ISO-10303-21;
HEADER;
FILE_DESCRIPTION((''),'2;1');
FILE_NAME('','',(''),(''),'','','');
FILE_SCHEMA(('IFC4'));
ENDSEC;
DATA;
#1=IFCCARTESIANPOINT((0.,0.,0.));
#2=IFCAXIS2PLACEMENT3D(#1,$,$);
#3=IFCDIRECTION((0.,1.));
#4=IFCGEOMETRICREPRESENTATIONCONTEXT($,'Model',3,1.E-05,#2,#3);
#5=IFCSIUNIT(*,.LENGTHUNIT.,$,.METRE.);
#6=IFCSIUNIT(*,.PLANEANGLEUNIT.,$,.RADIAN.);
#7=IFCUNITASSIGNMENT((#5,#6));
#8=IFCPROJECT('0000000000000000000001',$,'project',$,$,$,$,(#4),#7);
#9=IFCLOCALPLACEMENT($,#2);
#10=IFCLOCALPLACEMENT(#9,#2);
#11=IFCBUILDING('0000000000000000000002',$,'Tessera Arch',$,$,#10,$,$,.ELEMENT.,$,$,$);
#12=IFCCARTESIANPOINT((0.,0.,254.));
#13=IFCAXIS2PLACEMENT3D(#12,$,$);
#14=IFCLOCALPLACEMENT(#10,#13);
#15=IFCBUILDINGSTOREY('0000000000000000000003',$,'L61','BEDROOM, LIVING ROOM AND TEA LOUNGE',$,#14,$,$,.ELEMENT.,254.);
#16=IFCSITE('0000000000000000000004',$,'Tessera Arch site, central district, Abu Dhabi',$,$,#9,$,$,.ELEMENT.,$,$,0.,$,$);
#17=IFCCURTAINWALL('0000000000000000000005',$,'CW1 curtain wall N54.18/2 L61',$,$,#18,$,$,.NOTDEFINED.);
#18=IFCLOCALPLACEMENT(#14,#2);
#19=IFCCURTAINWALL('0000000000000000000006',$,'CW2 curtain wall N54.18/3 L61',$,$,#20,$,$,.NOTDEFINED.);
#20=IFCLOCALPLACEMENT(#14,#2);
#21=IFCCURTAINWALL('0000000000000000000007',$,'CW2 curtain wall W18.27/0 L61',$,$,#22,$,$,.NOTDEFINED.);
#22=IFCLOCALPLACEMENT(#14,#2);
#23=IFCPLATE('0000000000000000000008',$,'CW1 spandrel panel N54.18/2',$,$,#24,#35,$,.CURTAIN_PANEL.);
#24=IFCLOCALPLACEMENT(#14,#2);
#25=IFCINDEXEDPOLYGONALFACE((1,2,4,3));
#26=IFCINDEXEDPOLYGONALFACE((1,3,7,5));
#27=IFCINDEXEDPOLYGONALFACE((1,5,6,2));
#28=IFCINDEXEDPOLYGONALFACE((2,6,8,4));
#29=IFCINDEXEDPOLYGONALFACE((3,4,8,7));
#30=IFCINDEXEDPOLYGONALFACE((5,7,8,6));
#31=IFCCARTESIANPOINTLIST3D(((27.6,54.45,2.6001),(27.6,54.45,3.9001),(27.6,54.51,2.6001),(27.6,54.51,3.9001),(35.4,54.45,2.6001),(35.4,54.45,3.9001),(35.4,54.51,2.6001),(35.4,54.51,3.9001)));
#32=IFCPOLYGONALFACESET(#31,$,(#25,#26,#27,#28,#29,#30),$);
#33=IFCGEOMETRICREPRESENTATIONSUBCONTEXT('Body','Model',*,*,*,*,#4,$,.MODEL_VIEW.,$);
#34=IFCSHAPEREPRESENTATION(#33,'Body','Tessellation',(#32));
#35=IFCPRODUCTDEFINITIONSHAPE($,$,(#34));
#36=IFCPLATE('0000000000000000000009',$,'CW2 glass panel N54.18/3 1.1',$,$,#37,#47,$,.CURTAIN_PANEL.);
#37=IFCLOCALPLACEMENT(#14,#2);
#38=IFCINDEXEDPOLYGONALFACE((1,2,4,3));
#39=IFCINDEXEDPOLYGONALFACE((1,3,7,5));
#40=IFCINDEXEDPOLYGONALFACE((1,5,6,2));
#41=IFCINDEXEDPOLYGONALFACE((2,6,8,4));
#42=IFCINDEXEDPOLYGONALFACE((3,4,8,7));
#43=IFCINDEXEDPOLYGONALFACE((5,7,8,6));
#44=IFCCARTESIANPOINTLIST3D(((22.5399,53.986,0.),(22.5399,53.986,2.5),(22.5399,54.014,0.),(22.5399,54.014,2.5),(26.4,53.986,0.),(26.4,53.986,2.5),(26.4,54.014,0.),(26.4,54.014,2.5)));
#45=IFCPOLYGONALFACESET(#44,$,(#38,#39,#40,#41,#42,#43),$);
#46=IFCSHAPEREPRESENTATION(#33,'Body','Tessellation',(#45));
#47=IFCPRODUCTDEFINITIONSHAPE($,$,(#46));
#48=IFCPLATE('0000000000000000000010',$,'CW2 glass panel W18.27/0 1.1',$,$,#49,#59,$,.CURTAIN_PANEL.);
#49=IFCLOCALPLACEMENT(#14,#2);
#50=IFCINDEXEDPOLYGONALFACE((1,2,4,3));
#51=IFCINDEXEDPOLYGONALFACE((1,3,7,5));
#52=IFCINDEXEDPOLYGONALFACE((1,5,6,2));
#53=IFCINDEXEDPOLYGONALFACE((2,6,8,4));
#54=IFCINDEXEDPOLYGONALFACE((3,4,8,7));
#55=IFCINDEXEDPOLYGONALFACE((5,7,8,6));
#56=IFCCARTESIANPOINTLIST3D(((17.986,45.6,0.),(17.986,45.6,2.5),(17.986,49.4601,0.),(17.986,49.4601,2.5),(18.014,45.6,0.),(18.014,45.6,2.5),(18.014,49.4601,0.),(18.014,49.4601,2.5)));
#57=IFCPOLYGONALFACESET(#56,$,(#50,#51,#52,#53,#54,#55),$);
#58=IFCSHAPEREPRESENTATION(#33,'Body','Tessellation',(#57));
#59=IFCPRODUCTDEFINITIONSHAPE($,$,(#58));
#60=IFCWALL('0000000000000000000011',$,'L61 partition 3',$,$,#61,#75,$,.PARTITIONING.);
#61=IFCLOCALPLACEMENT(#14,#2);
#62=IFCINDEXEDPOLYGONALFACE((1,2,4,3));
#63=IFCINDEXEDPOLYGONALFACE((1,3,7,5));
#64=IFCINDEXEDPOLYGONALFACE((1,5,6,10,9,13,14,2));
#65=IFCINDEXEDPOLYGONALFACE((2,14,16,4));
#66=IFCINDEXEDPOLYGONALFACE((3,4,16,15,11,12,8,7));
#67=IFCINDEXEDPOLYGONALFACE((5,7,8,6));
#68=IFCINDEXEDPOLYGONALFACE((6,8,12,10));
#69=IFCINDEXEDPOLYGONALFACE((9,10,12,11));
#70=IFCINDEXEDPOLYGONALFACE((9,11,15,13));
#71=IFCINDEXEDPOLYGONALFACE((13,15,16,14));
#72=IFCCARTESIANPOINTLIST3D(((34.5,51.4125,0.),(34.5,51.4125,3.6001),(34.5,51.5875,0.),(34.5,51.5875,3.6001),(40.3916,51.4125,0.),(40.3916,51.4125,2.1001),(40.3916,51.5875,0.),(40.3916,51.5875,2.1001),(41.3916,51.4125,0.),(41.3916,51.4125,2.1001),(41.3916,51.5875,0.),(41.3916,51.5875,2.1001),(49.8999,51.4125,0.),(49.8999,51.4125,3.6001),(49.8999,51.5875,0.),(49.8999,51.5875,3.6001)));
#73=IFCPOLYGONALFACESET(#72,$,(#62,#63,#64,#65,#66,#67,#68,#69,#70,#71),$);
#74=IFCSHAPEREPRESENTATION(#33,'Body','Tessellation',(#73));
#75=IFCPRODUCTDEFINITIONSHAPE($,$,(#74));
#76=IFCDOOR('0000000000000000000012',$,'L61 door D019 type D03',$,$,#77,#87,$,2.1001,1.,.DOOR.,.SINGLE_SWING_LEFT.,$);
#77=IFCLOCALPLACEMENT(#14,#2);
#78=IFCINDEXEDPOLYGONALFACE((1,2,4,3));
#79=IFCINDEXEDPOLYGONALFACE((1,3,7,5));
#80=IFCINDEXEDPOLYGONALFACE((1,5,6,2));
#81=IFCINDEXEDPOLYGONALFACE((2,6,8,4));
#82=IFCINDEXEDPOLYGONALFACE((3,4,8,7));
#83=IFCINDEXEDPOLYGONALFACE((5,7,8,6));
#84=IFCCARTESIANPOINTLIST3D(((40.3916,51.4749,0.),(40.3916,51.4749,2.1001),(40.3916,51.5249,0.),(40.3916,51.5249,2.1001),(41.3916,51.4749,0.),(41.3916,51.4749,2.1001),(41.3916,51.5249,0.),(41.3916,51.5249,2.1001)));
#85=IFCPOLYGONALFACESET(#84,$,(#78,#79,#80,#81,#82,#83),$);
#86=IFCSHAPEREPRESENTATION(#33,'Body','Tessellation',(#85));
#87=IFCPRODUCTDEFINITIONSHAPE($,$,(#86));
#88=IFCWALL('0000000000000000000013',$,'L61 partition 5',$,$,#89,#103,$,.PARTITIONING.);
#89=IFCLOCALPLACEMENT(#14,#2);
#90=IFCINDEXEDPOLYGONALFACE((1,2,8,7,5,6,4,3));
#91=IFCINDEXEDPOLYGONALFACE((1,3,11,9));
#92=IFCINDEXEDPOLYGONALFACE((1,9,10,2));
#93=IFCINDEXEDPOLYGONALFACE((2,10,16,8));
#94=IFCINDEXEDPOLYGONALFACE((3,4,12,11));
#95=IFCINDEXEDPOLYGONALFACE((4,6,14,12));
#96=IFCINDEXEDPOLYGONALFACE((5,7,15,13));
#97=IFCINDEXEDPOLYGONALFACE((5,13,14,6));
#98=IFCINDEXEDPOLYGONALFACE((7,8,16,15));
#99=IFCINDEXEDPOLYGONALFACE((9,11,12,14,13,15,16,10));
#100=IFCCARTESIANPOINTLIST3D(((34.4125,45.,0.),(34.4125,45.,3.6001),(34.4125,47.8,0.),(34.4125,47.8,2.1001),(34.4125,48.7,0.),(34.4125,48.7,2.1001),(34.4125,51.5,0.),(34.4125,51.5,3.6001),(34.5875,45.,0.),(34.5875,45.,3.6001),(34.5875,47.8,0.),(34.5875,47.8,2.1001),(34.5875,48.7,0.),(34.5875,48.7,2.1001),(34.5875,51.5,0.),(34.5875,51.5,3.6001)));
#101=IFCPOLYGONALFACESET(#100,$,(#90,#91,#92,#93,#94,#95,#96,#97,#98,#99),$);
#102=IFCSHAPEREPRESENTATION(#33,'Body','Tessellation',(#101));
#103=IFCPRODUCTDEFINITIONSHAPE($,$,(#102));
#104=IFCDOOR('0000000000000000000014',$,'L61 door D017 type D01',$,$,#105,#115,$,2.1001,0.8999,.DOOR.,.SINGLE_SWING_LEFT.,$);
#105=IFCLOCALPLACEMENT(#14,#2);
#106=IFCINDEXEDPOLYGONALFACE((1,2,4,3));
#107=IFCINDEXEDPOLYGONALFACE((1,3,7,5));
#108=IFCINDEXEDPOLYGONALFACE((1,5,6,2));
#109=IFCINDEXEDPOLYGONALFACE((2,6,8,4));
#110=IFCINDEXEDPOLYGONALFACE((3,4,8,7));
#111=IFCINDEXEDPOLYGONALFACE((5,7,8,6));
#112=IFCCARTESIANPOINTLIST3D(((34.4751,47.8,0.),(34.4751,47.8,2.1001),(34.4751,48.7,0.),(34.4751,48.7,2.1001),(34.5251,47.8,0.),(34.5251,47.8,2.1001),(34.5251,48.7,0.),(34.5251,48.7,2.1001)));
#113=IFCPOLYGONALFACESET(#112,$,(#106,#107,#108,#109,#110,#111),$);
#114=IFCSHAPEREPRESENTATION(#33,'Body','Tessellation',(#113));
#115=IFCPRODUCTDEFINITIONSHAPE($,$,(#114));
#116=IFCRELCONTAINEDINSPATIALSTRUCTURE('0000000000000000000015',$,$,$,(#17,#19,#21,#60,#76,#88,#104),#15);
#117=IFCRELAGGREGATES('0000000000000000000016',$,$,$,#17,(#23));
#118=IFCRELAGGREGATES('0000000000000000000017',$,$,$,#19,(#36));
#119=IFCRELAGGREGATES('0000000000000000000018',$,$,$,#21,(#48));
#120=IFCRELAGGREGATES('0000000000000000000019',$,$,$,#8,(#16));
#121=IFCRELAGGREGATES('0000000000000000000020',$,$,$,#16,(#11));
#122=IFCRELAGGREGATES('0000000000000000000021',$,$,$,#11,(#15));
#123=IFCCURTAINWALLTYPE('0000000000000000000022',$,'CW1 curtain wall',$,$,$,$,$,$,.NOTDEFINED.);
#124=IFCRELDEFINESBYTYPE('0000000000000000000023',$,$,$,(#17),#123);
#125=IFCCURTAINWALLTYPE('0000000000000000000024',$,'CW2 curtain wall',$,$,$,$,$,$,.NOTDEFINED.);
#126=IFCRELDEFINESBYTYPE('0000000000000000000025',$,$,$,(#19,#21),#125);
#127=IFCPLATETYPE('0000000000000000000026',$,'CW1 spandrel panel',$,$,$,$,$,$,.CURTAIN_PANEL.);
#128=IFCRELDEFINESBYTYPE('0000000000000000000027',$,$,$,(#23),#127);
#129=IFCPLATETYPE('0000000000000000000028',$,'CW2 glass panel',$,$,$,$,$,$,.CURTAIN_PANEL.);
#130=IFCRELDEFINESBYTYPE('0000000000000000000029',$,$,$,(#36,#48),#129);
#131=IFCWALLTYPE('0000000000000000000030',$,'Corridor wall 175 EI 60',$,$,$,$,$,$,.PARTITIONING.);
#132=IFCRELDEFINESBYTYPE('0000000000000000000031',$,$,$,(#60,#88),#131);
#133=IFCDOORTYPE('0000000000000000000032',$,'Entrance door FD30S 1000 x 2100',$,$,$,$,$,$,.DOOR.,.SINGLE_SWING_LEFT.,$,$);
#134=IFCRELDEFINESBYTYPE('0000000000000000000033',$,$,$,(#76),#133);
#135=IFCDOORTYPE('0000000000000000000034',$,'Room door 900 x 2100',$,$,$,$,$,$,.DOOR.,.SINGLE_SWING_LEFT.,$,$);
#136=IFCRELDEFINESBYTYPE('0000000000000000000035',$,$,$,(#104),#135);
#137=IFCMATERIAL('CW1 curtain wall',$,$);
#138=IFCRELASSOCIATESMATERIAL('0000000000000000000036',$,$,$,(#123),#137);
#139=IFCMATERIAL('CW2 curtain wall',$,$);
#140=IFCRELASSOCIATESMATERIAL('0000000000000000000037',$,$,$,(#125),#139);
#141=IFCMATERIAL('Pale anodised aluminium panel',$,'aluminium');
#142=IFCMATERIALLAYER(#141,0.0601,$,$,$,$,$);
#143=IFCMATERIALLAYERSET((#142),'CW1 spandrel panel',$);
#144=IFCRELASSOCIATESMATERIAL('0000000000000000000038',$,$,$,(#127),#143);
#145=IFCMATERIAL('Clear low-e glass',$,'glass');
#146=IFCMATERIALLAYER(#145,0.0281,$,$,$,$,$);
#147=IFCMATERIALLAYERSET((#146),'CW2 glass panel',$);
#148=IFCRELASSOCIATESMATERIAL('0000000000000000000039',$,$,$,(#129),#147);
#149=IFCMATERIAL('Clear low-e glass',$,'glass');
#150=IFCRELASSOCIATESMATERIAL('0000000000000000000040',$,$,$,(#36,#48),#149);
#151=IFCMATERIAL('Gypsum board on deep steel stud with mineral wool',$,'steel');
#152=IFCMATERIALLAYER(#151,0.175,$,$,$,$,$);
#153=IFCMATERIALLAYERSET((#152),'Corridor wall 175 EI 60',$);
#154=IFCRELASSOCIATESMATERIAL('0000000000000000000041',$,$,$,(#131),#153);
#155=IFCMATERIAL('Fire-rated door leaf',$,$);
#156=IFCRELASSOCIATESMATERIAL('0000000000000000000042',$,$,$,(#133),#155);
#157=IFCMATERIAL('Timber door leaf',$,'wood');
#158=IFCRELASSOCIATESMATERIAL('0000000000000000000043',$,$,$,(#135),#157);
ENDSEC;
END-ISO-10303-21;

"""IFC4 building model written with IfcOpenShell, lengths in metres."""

from ifc_helpers import new_model, si_unit, direction, frame, frame_2d, origin, origin_2d, place, context, subcontext, project, spatial, rectangle, extrude, material, layer, layer_set, type_object, element, fill, aggregate, save


model = new_model("IFC4")

# Units and contexts
model_context = context("Model", 3, precision=1e-05, world=origin(), true_north=direction((0.0, 1.0)))
body_context = subcontext(model_context, "Body", "Model", "MODEL_VIEW")
ifc_project = project(units=[si_unit("LENGTHUNIT", "METRE"), si_unit("PLANEANGLEUNIT", "RADIAN")], contexts=[model_context])

# Site, building, storey
site_placement = place(None, origin())
site = spatial("IfcSite", under=ifc_project, at=site_placement, Name="Tessera Arch site, central district, Abu Dhabi", CompositionType="ELEMENT", RefElevation=0.0)
building_placement = place(site_placement, origin())
building = spatial("IfcBuilding", under=site, at=building_placement, Name="Tessera Arch", CompositionType="ELEMENT")
storey_placement = place(building_placement, frame((0.0, 0.0, 254.0)))
storey = spatial("IfcBuildingStorey", under=building, at=storey_placement, Name="L61", Description="BEDROOM, LIVING ROOM AND TEA LOUNGE", CompositionType="ELEMENT", Elevation=254.0)

# Curtain walls
ifc_material_1 = material(Name="CW1 curtain wall")
curtain_wall_type_1 = type_object("IfcCurtainWallType", Name="CW1 curtain wall", PredefinedType="NOTDEFINED", material=ifc_material_1)
curtain_wall_1_placement = place(storey_placement, origin())
curtain_wall_1 = element("IfcCurtainWall", 1, at=curtain_wall_1_placement, inside=storey, type_object=curtain_wall_type_1, Name="CW1 curtain wall N54.18/2 L61", PredefinedType="NOTDEFINED")
ifc_material_2 = material(Name="CW2 curtain wall")
curtain_wall_type_2 = type_object("IfcCurtainWallType", Name="CW2 curtain wall", PredefinedType="NOTDEFINED", material=ifc_material_2)
curtain_wall_2_placement = place(storey_placement, origin())
curtain_wall_2 = element("IfcCurtainWall", 2, at=curtain_wall_2_placement, inside=storey, type_object=curtain_wall_type_2, Name="CW2 curtain wall N54.18/3 L61", PredefinedType="NOTDEFINED")
curtain_wall_3_placement = place(storey_placement, origin())
curtain_wall_3 = element("IfcCurtainWall", 3, at=curtain_wall_3_placement, inside=storey, type_object=curtain_wall_type_2, Name="CW2 curtain wall W18.27/0 L61", PredefinedType="NOTDEFINED")

# Plates
ifc_material_3 = material(Name="Clear low-e glass", Category="glass")
ifc_material_4 = material(Name="Pale anodised aluminium panel", Category="aluminium")
ifc_layer_1 = layer(ifc_material_4, 0.0601)
ifc_layer_set_1 = layer_set([ifc_layer_1], Name="CW1 spandrel panel")
plate_type_1 = type_object("IfcPlateType", Name="CW1 spandrel panel", PredefinedType="CURTAIN_PANEL", material=ifc_layer_set_1)
plate_1_placement = place(storey_placement, frame((31.5, 54.48, 2.6001), z_axis=(0.0, 0.0, 1.0), x_axis=(-1.0, 0.0, 0.0)))
plate_1 = element("IfcPlate", 4, at=plate_1_placement, type_object=plate_type_1, Name="CW1 spandrel panel N54.18/2", PredefinedType="CURTAIN_PANEL", context=body_context, shape_type="SweptSolid", body=[
    extrude(rectangle(XDim=7.8, YDim=0.0601, at=origin_2d()), origin(), (0.0, 0.0, 1.0), 1.3),
])
aggregate(curtain_wall_1, [plate_1])
ifc_material_5 = material(Name="Clear low-e glass", Category="glass")
ifc_layer_2 = layer(ifc_material_5, 0.0281)
ifc_layer_set_2 = layer_set([ifc_layer_2], Name="CW2 glass panel")
plate_type_2 = type_object("IfcPlateType", Name="CW2 glass panel", PredefinedType="CURTAIN_PANEL", material=ifc_layer_set_2)
plate_2_placement = place(storey_placement, frame((24.47, 54.0, 0.0), z_axis=(0.0, 0.0, 1.0), x_axis=(-1.0, 0.0, 0.0)))
plate_2 = element("IfcPlate", 5, at=plate_2_placement, type_object=plate_type_2, material=ifc_material_3, Name="CW2 glass panel N54.18/3 1.1", PredefinedType="CURTAIN_PANEL", context=body_context, shape_type="SweptSolid", body=[
    extrude(rectangle(XDim=3.8601, YDim=0.0281, at=origin_2d()), origin(), (0.0, 0.0, 1.0), 2.5),
])
aggregate(curtain_wall_2, [plate_2])
plate_3_placement = place(storey_placement, frame((18.0, 47.53, 0.0), z_axis=(0.0, 0.0, 1.0), x_axis=(0.0, -1.0, 0.0)))
plate_3 = element("IfcPlate", 6, at=plate_3_placement, type_object=plate_type_2, material=ifc_material_3, Name="CW2 glass panel W18.27/0 1.1", PredefinedType="CURTAIN_PANEL", context=body_context, shape_type="SweptSolid", body=[
    extrude(rectangle(XDim=3.8601, YDim=0.0281, at=origin_2d()), origin(), (0.0, 0.0, 1.0), 2.5),
])
aggregate(curtain_wall_3, [plate_3])

# Walls, openings, doors
ifc_material_6 = material(Name="Gypsum board on deep steel stud with mineral wool", Category="steel")
ifc_layer_3 = layer(ifc_material_6, 0.175)
ifc_layer_set_3 = layer_set([ifc_layer_3], Name="Corridor wall 175 EI 60")
wall_type_1 = type_object("IfcWallType", Name="Corridor wall 175 EI 60", PredefinedType="PARTITIONING", material=ifc_layer_set_3)
wall_1_placement = place(storey_placement, frame((34.5, 51.5, 0.0), z_axis=(0.0, 0.0, 1.0), x_axis=(1.0, 0.0, 0.0)))
wall_1 = element("IfcWall", 7, at=wall_1_placement, inside=storey, type_object=wall_type_1, Name="L61 partition 3", PredefinedType="PARTITIONING", context=body_context, shape_type="SweptSolid", body=[
    extrude(rectangle(XDim=15.3999, YDim=0.175, at=frame_2d((7.7, 0.0))), origin(), (0.0, 0.0, 1.0), 3.6001),
])
opening_1_placement = place(wall_1_placement, frame((5.8916, 0.0, 0.0)))
opening_1 = element("IfcOpeningElement", 8, at=opening_1_placement, cuts=wall_1, PredefinedType="OPENING", context=body_context, shape_type="SweptSolid", body=[
    extrude(rectangle(XDim=1.0, YDim=2.1001, at=frame_2d((0.5, 1.05))), frame((0.0, 0.0974, 0.0), z_axis=(0.0, -1.0, 0.0), x_axis=(1.0, 0.0, 0.0)), (0.0, 0.0, 1.0), 0.1951),
])
ifc_material_7 = material(Name="Fire-rated door leaf")
door_type_1 = type_object("IfcDoorType", Name="Entrance door FD30S 1000 x 2100", OperationType="SINGLE_SWING_LEFT", PredefinedType="DOOR", material=ifc_material_7)
door_1_placement = place(opening_1_placement, origin())
door_1 = element("IfcDoor", 9, at=door_1_placement, inside=storey, type_object=door_type_1, Name="L61 door D019 type D03", OperationType="SINGLE_SWING_LEFT", OverallHeight=2.1001, OverallWidth=1.0, PredefinedType="DOOR", context=body_context, shape_type="SweptSolid", body=[
    extrude(rectangle(XDim=1.0, YDim=2.1001, at=frame_2d((0.5, 1.05))), frame((0.0, 0.0249, 0.0), z_axis=(0.0, -1.0, 0.0), x_axis=(1.0, 0.0, 0.0)), (0.0, 0.0, 1.0), 0.05),
])
fill(opening_1, door_1)
wall_2_placement = place(storey_placement, frame((34.5, 45.0, 0.0), z_axis=(0.0, 0.0, 1.0), x_axis=(0.0, 1.0, 0.0)))
wall_2 = element("IfcWall", 10, at=wall_2_placement, inside=storey, type_object=wall_type_1, Name="L61 partition 5", PredefinedType="PARTITIONING", context=body_context, shape_type="SweptSolid", body=[
    extrude(rectangle(XDim=6.5, YDim=0.175, at=frame_2d((3.25, 0.0))), origin(), (0.0, 0.0, 1.0), 3.6001),
])
opening_2_placement = place(wall_2_placement, frame((2.8, 0.0, 0.0)))
opening_2 = element("IfcOpeningElement", 11, at=opening_2_placement, cuts=wall_2, PredefinedType="OPENING", context=body_context, shape_type="SweptSolid", body=[
    extrude(rectangle(XDim=0.8999, YDim=2.1001, at=frame_2d((0.45, 1.05))), frame((0.0, 0.0974, 0.0), z_axis=(0.0, -1.0, 0.0), x_axis=(1.0, 0.0, 0.0)), (0.0, 0.0, 1.0), 0.1951),
])
ifc_material_8 = material(Name="Timber door leaf", Category="wood")
door_type_2 = type_object("IfcDoorType", Name="Room door 900 x 2100", OperationType="SINGLE_SWING_LEFT", PredefinedType="DOOR", material=ifc_material_8)
door_2_placement = place(opening_2_placement, origin())
door_2 = element("IfcDoor", 12, at=door_2_placement, inside=storey, type_object=door_type_2, Name="L61 door D017 type D01", OperationType="SINGLE_SWING_LEFT", OverallHeight=2.1001, OverallWidth=0.8999, PredefinedType="DOOR", context=body_context, shape_type="SweptSolid", body=[
    extrude(rectangle(XDim=0.8999, YDim=2.1001, at=frame_2d((0.45, 1.05))), frame((0.0, 0.0249, 0.0), z_axis=(0.0, -1.0, 0.0), x_axis=(1.0, 0.0, 0.0)), (0.0, 0.0, 1.0), 0.05),
])
fill(opening_2, door_2)

save(model, "model.ifc")
